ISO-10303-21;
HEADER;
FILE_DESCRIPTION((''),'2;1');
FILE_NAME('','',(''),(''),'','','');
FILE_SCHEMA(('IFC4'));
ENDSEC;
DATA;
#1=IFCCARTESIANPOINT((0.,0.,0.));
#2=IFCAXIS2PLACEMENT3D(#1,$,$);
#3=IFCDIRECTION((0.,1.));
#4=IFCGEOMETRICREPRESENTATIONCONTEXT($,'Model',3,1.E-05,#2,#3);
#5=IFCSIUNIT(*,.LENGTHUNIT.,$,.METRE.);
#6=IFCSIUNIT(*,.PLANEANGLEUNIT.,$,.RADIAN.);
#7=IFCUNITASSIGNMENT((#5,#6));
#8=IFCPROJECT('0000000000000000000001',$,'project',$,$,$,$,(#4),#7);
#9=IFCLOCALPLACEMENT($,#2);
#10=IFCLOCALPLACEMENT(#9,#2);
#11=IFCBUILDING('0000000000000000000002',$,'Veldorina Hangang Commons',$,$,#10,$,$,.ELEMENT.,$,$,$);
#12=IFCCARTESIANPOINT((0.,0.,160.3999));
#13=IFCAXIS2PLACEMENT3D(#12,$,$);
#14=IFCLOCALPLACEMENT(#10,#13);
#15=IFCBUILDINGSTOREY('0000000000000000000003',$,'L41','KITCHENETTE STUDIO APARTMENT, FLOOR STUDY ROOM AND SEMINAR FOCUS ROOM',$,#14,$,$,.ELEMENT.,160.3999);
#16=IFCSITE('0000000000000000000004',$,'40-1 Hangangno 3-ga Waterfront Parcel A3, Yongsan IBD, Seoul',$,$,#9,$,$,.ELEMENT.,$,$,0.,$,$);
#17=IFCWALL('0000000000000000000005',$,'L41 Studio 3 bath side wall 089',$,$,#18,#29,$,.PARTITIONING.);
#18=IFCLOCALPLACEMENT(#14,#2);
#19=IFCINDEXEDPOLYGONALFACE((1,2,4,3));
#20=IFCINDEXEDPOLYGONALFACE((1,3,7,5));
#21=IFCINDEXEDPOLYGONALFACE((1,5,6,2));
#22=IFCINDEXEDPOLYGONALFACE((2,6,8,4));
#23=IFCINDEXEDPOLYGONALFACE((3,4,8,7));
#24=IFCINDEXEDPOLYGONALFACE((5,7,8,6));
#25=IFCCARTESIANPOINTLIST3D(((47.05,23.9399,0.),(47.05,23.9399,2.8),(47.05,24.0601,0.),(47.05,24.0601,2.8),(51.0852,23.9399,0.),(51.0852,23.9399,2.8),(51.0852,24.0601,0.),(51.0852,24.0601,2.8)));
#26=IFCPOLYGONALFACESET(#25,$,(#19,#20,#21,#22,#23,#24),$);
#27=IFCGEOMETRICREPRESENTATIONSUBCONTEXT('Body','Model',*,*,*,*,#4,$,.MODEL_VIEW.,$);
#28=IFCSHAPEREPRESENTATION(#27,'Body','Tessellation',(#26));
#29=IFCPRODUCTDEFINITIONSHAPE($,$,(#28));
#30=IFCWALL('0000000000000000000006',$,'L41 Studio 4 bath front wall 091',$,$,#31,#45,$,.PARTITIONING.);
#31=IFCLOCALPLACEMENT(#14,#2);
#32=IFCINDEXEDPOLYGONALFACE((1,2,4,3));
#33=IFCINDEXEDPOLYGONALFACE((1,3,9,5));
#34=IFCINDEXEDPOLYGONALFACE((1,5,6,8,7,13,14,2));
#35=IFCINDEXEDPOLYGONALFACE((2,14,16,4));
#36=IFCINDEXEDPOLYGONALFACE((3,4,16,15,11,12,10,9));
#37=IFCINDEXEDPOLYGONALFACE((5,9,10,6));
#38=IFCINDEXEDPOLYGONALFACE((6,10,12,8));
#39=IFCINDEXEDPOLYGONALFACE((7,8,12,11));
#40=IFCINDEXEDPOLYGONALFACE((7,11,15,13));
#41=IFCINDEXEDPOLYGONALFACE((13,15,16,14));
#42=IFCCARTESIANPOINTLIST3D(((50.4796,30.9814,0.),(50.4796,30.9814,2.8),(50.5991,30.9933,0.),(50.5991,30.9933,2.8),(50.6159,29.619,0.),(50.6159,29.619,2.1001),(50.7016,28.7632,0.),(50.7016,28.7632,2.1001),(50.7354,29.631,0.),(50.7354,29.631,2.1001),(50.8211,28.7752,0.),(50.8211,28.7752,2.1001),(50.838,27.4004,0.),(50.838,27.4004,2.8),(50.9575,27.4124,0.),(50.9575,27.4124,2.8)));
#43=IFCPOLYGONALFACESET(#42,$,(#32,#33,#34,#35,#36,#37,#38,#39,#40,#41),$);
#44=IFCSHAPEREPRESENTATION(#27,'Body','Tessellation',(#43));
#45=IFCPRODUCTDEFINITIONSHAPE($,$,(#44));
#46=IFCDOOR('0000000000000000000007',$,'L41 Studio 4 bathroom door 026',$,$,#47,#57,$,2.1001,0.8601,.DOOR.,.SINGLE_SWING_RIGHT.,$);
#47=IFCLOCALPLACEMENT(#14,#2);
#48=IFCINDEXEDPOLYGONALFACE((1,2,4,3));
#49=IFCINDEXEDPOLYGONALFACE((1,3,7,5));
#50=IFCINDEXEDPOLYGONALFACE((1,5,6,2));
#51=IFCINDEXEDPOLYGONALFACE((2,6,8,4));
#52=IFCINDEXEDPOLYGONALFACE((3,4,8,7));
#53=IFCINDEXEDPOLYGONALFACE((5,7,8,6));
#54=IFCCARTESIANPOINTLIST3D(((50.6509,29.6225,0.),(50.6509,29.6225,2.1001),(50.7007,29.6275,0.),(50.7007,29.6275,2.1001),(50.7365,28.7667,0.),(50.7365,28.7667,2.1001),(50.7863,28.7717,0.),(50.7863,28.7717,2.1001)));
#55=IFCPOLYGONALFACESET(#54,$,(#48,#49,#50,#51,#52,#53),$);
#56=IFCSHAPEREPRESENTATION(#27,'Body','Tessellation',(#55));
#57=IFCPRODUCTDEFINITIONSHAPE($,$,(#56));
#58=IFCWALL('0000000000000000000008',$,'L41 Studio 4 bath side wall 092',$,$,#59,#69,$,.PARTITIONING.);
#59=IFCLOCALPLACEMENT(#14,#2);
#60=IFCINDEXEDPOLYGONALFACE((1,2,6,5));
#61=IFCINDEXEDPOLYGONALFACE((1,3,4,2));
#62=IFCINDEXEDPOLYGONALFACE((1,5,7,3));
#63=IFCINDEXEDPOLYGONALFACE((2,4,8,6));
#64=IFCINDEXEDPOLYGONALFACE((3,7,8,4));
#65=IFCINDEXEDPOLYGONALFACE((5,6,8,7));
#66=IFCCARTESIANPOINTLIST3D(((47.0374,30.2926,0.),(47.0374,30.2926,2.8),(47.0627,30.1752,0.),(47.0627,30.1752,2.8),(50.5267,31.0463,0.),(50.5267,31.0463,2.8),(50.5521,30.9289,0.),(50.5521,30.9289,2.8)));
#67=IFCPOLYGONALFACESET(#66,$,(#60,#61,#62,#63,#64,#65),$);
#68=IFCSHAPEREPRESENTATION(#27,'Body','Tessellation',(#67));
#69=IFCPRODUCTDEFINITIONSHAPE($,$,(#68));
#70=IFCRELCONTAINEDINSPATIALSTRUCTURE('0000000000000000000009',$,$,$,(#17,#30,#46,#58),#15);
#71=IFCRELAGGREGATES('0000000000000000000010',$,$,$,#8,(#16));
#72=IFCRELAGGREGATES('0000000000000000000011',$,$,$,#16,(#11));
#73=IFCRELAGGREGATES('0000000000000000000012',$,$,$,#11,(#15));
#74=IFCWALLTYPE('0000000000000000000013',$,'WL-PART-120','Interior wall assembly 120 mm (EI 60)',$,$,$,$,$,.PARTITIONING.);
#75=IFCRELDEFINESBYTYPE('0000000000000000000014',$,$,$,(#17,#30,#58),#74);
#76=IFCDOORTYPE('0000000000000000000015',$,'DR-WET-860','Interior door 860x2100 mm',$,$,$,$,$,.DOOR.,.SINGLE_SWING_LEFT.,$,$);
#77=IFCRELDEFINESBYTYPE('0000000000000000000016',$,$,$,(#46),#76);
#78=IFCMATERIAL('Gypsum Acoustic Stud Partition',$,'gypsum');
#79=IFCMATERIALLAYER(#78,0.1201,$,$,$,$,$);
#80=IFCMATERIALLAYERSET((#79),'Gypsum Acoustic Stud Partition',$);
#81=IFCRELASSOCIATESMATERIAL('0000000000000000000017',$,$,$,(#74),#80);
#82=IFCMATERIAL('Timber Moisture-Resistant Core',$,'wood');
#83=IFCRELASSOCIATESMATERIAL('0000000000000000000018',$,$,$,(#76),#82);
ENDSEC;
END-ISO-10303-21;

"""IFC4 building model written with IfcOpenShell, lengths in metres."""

from ifc_helpers import new_model, si_unit, direction, frame, frame_2d, origin, place, context, subcontext, project, spatial, rectangle, extrude, material, layer, layer_set, type_object, element, fill, save


model = new_model("IFC4")

# Units and contexts
model_context = context("Model", 3, precision=1e-05, world=origin(), true_north=direction((0.0, 1.0)))
body_context = subcontext(model_context, "Body", "Model", "MODEL_VIEW")
ifc_project = project(units=[si_unit("LENGTHUNIT", "METRE"), si_unit("PLANEANGLEUNIT", "RADIAN")], contexts=[model_context])

# Site, building, storey
site_placement = place(None, origin())
site = spatial("IfcSite", under=ifc_project, at=site_placement, Name="40-1 Hangangno 3-ga Waterfront Parcel A3, Yongsan IBD, Seoul", CompositionType="ELEMENT", RefElevation=0.0)
building_placement = place(site_placement, origin())
building = spatial("IfcBuilding", under=site, at=building_placement, Name="Veldorina Hangang Commons", CompositionType="ELEMENT")
storey_placement = place(building_placement, frame((0.0, 0.0, 160.3999)))
storey = spatial("IfcBuildingStorey", under=building, at=storey_placement, Name="L41", Description="KITCHENETTE STUDIO APARTMENT, FLOOR STUDY ROOM AND SEMINAR FOCUS ROOM", CompositionType="ELEMENT", Elevation=160.3999)

# Wall
ifc_material_1 = material(Name="Gypsum Acoustic Stud Partition", Category="gypsum")
ifc_layer_1 = layer(ifc_material_1, 0.1201)
ifc_layer_set_1 = layer_set([ifc_layer_1], Name="Gypsum Acoustic Stud Partition")
wall_type_1 = type_object("IfcWallType", Name="WL-PART-120", Description="Interior wall assembly 120 mm (EI 60)", PredefinedType="PARTITIONING", material=ifc_layer_set_1)
wall_1_placement = place(storey_placement, frame((47.05, 24.0, 0.0), z_axis=(0.0, 0.0, 1.0), x_axis=(1.0, 0.0, 0.0)))
element("IfcWall", 1, at=wall_1_placement, inside=storey, type_object=wall_type_1, Name="L41 Studio 3 bath side wall 089", PredefinedType="PARTITIONING", context=body_context, shape_type="SweptSolid", body=[
    extrude(rectangle(XDim=4.0352, YDim=0.1201, at=frame_2d((2.0176, 0.0))), origin(), (0.0, 0.0, 1.0), 2.8),
])

# Wall, opening, door
wall_2_placement = place(storey_placement, frame((50.8977, 27.4065, 0.0), z_axis=(0.0, 0.0, 1.0), x_axis=(-0.099584, 0.995029, 0.0)))
wall_2 = element("IfcWall", 2, at=wall_2_placement, inside=storey, type_object=wall_type_1, Name="L41 Studio 4 bath front wall 091", PredefinedType="PARTITIONING", context=body_context, shape_type="SweptSolid", body=[
    extrude(rectangle(XDim=3.5989, YDim=0.1201, at=frame_2d((1.7993, 0.0))), origin(), (0.0, 0.0, 1.0), 2.8),
])
opening_1_placement = place(wall_2_placement, frame((1.3694, 0.0, 0.0)))
opening_1 = element("IfcOpeningElement", 3, at=opening_1_placement, cuts=wall_2, PredefinedType="OPENING", context=body_context, shape_type="SweptSolid", body=[
    extrude(rectangle(XDim=0.8601, YDim=2.1001, at=frame_2d((0.4302, 1.05))), frame((0.0, 0.0701, 0.0), z_axis=(0.0, -1.0, 0.0), x_axis=(1.0, 0.0, 0.0)), (0.0, 0.0, 1.0), 0.1401),
])
ifc_material_2 = material(Name="Timber Moisture-Resistant Core", Category="wood")
door_type_1 = type_object("IfcDoorType", Name="DR-WET-860", Description="Interior door 860x2100 mm", OperationType="SINGLE_SWING_LEFT", PredefinedType="DOOR", material=ifc_material_2)
door_1_placement = place(opening_1_placement, origin())
door_1 = element("IfcDoor", 4, at=door_1_placement, inside=storey, type_object=door_type_1, Name="L41 Studio 4 bathroom door 026", OperationType="SINGLE_SWING_RIGHT", OverallHeight=2.1001, OverallWidth=0.8601, PredefinedType="DOOR", context=body_context, shape_type="SweptSolid", body=[
    extrude(rectangle(XDim=0.8601, YDim=2.1001, at=frame_2d((0.4302, 1.05))), frame((0.0, 0.0249, 0.0), z_axis=(0.0, -1.0, 0.0), x_axis=(1.0, 0.0, 0.0)), (0.0, 0.0, 1.0), 0.05),
])
fill(opening_1, door_1)

# Wall
wall_3_placement = place(storey_placement, frame((47.05, 30.2339, 0.0), z_axis=(0.0, 0.0, 1.0), x_axis=(0.977459, 0.211126, 0.0)))
element("IfcWall", 5, at=wall_3_placement, inside=storey, type_object=wall_type_1, Name="L41 Studio 4 bath side wall 092", PredefinedType="PARTITIONING", context=body_context, shape_type="SweptSolid", body=[
    extrude(rectangle(XDim=3.5698, YDim=0.1201, at=frame_2d((1.7849, 0.0))), origin(), (0.0, 0.0, 1.0), 2.8),
])

save(model, "model.ifc")
